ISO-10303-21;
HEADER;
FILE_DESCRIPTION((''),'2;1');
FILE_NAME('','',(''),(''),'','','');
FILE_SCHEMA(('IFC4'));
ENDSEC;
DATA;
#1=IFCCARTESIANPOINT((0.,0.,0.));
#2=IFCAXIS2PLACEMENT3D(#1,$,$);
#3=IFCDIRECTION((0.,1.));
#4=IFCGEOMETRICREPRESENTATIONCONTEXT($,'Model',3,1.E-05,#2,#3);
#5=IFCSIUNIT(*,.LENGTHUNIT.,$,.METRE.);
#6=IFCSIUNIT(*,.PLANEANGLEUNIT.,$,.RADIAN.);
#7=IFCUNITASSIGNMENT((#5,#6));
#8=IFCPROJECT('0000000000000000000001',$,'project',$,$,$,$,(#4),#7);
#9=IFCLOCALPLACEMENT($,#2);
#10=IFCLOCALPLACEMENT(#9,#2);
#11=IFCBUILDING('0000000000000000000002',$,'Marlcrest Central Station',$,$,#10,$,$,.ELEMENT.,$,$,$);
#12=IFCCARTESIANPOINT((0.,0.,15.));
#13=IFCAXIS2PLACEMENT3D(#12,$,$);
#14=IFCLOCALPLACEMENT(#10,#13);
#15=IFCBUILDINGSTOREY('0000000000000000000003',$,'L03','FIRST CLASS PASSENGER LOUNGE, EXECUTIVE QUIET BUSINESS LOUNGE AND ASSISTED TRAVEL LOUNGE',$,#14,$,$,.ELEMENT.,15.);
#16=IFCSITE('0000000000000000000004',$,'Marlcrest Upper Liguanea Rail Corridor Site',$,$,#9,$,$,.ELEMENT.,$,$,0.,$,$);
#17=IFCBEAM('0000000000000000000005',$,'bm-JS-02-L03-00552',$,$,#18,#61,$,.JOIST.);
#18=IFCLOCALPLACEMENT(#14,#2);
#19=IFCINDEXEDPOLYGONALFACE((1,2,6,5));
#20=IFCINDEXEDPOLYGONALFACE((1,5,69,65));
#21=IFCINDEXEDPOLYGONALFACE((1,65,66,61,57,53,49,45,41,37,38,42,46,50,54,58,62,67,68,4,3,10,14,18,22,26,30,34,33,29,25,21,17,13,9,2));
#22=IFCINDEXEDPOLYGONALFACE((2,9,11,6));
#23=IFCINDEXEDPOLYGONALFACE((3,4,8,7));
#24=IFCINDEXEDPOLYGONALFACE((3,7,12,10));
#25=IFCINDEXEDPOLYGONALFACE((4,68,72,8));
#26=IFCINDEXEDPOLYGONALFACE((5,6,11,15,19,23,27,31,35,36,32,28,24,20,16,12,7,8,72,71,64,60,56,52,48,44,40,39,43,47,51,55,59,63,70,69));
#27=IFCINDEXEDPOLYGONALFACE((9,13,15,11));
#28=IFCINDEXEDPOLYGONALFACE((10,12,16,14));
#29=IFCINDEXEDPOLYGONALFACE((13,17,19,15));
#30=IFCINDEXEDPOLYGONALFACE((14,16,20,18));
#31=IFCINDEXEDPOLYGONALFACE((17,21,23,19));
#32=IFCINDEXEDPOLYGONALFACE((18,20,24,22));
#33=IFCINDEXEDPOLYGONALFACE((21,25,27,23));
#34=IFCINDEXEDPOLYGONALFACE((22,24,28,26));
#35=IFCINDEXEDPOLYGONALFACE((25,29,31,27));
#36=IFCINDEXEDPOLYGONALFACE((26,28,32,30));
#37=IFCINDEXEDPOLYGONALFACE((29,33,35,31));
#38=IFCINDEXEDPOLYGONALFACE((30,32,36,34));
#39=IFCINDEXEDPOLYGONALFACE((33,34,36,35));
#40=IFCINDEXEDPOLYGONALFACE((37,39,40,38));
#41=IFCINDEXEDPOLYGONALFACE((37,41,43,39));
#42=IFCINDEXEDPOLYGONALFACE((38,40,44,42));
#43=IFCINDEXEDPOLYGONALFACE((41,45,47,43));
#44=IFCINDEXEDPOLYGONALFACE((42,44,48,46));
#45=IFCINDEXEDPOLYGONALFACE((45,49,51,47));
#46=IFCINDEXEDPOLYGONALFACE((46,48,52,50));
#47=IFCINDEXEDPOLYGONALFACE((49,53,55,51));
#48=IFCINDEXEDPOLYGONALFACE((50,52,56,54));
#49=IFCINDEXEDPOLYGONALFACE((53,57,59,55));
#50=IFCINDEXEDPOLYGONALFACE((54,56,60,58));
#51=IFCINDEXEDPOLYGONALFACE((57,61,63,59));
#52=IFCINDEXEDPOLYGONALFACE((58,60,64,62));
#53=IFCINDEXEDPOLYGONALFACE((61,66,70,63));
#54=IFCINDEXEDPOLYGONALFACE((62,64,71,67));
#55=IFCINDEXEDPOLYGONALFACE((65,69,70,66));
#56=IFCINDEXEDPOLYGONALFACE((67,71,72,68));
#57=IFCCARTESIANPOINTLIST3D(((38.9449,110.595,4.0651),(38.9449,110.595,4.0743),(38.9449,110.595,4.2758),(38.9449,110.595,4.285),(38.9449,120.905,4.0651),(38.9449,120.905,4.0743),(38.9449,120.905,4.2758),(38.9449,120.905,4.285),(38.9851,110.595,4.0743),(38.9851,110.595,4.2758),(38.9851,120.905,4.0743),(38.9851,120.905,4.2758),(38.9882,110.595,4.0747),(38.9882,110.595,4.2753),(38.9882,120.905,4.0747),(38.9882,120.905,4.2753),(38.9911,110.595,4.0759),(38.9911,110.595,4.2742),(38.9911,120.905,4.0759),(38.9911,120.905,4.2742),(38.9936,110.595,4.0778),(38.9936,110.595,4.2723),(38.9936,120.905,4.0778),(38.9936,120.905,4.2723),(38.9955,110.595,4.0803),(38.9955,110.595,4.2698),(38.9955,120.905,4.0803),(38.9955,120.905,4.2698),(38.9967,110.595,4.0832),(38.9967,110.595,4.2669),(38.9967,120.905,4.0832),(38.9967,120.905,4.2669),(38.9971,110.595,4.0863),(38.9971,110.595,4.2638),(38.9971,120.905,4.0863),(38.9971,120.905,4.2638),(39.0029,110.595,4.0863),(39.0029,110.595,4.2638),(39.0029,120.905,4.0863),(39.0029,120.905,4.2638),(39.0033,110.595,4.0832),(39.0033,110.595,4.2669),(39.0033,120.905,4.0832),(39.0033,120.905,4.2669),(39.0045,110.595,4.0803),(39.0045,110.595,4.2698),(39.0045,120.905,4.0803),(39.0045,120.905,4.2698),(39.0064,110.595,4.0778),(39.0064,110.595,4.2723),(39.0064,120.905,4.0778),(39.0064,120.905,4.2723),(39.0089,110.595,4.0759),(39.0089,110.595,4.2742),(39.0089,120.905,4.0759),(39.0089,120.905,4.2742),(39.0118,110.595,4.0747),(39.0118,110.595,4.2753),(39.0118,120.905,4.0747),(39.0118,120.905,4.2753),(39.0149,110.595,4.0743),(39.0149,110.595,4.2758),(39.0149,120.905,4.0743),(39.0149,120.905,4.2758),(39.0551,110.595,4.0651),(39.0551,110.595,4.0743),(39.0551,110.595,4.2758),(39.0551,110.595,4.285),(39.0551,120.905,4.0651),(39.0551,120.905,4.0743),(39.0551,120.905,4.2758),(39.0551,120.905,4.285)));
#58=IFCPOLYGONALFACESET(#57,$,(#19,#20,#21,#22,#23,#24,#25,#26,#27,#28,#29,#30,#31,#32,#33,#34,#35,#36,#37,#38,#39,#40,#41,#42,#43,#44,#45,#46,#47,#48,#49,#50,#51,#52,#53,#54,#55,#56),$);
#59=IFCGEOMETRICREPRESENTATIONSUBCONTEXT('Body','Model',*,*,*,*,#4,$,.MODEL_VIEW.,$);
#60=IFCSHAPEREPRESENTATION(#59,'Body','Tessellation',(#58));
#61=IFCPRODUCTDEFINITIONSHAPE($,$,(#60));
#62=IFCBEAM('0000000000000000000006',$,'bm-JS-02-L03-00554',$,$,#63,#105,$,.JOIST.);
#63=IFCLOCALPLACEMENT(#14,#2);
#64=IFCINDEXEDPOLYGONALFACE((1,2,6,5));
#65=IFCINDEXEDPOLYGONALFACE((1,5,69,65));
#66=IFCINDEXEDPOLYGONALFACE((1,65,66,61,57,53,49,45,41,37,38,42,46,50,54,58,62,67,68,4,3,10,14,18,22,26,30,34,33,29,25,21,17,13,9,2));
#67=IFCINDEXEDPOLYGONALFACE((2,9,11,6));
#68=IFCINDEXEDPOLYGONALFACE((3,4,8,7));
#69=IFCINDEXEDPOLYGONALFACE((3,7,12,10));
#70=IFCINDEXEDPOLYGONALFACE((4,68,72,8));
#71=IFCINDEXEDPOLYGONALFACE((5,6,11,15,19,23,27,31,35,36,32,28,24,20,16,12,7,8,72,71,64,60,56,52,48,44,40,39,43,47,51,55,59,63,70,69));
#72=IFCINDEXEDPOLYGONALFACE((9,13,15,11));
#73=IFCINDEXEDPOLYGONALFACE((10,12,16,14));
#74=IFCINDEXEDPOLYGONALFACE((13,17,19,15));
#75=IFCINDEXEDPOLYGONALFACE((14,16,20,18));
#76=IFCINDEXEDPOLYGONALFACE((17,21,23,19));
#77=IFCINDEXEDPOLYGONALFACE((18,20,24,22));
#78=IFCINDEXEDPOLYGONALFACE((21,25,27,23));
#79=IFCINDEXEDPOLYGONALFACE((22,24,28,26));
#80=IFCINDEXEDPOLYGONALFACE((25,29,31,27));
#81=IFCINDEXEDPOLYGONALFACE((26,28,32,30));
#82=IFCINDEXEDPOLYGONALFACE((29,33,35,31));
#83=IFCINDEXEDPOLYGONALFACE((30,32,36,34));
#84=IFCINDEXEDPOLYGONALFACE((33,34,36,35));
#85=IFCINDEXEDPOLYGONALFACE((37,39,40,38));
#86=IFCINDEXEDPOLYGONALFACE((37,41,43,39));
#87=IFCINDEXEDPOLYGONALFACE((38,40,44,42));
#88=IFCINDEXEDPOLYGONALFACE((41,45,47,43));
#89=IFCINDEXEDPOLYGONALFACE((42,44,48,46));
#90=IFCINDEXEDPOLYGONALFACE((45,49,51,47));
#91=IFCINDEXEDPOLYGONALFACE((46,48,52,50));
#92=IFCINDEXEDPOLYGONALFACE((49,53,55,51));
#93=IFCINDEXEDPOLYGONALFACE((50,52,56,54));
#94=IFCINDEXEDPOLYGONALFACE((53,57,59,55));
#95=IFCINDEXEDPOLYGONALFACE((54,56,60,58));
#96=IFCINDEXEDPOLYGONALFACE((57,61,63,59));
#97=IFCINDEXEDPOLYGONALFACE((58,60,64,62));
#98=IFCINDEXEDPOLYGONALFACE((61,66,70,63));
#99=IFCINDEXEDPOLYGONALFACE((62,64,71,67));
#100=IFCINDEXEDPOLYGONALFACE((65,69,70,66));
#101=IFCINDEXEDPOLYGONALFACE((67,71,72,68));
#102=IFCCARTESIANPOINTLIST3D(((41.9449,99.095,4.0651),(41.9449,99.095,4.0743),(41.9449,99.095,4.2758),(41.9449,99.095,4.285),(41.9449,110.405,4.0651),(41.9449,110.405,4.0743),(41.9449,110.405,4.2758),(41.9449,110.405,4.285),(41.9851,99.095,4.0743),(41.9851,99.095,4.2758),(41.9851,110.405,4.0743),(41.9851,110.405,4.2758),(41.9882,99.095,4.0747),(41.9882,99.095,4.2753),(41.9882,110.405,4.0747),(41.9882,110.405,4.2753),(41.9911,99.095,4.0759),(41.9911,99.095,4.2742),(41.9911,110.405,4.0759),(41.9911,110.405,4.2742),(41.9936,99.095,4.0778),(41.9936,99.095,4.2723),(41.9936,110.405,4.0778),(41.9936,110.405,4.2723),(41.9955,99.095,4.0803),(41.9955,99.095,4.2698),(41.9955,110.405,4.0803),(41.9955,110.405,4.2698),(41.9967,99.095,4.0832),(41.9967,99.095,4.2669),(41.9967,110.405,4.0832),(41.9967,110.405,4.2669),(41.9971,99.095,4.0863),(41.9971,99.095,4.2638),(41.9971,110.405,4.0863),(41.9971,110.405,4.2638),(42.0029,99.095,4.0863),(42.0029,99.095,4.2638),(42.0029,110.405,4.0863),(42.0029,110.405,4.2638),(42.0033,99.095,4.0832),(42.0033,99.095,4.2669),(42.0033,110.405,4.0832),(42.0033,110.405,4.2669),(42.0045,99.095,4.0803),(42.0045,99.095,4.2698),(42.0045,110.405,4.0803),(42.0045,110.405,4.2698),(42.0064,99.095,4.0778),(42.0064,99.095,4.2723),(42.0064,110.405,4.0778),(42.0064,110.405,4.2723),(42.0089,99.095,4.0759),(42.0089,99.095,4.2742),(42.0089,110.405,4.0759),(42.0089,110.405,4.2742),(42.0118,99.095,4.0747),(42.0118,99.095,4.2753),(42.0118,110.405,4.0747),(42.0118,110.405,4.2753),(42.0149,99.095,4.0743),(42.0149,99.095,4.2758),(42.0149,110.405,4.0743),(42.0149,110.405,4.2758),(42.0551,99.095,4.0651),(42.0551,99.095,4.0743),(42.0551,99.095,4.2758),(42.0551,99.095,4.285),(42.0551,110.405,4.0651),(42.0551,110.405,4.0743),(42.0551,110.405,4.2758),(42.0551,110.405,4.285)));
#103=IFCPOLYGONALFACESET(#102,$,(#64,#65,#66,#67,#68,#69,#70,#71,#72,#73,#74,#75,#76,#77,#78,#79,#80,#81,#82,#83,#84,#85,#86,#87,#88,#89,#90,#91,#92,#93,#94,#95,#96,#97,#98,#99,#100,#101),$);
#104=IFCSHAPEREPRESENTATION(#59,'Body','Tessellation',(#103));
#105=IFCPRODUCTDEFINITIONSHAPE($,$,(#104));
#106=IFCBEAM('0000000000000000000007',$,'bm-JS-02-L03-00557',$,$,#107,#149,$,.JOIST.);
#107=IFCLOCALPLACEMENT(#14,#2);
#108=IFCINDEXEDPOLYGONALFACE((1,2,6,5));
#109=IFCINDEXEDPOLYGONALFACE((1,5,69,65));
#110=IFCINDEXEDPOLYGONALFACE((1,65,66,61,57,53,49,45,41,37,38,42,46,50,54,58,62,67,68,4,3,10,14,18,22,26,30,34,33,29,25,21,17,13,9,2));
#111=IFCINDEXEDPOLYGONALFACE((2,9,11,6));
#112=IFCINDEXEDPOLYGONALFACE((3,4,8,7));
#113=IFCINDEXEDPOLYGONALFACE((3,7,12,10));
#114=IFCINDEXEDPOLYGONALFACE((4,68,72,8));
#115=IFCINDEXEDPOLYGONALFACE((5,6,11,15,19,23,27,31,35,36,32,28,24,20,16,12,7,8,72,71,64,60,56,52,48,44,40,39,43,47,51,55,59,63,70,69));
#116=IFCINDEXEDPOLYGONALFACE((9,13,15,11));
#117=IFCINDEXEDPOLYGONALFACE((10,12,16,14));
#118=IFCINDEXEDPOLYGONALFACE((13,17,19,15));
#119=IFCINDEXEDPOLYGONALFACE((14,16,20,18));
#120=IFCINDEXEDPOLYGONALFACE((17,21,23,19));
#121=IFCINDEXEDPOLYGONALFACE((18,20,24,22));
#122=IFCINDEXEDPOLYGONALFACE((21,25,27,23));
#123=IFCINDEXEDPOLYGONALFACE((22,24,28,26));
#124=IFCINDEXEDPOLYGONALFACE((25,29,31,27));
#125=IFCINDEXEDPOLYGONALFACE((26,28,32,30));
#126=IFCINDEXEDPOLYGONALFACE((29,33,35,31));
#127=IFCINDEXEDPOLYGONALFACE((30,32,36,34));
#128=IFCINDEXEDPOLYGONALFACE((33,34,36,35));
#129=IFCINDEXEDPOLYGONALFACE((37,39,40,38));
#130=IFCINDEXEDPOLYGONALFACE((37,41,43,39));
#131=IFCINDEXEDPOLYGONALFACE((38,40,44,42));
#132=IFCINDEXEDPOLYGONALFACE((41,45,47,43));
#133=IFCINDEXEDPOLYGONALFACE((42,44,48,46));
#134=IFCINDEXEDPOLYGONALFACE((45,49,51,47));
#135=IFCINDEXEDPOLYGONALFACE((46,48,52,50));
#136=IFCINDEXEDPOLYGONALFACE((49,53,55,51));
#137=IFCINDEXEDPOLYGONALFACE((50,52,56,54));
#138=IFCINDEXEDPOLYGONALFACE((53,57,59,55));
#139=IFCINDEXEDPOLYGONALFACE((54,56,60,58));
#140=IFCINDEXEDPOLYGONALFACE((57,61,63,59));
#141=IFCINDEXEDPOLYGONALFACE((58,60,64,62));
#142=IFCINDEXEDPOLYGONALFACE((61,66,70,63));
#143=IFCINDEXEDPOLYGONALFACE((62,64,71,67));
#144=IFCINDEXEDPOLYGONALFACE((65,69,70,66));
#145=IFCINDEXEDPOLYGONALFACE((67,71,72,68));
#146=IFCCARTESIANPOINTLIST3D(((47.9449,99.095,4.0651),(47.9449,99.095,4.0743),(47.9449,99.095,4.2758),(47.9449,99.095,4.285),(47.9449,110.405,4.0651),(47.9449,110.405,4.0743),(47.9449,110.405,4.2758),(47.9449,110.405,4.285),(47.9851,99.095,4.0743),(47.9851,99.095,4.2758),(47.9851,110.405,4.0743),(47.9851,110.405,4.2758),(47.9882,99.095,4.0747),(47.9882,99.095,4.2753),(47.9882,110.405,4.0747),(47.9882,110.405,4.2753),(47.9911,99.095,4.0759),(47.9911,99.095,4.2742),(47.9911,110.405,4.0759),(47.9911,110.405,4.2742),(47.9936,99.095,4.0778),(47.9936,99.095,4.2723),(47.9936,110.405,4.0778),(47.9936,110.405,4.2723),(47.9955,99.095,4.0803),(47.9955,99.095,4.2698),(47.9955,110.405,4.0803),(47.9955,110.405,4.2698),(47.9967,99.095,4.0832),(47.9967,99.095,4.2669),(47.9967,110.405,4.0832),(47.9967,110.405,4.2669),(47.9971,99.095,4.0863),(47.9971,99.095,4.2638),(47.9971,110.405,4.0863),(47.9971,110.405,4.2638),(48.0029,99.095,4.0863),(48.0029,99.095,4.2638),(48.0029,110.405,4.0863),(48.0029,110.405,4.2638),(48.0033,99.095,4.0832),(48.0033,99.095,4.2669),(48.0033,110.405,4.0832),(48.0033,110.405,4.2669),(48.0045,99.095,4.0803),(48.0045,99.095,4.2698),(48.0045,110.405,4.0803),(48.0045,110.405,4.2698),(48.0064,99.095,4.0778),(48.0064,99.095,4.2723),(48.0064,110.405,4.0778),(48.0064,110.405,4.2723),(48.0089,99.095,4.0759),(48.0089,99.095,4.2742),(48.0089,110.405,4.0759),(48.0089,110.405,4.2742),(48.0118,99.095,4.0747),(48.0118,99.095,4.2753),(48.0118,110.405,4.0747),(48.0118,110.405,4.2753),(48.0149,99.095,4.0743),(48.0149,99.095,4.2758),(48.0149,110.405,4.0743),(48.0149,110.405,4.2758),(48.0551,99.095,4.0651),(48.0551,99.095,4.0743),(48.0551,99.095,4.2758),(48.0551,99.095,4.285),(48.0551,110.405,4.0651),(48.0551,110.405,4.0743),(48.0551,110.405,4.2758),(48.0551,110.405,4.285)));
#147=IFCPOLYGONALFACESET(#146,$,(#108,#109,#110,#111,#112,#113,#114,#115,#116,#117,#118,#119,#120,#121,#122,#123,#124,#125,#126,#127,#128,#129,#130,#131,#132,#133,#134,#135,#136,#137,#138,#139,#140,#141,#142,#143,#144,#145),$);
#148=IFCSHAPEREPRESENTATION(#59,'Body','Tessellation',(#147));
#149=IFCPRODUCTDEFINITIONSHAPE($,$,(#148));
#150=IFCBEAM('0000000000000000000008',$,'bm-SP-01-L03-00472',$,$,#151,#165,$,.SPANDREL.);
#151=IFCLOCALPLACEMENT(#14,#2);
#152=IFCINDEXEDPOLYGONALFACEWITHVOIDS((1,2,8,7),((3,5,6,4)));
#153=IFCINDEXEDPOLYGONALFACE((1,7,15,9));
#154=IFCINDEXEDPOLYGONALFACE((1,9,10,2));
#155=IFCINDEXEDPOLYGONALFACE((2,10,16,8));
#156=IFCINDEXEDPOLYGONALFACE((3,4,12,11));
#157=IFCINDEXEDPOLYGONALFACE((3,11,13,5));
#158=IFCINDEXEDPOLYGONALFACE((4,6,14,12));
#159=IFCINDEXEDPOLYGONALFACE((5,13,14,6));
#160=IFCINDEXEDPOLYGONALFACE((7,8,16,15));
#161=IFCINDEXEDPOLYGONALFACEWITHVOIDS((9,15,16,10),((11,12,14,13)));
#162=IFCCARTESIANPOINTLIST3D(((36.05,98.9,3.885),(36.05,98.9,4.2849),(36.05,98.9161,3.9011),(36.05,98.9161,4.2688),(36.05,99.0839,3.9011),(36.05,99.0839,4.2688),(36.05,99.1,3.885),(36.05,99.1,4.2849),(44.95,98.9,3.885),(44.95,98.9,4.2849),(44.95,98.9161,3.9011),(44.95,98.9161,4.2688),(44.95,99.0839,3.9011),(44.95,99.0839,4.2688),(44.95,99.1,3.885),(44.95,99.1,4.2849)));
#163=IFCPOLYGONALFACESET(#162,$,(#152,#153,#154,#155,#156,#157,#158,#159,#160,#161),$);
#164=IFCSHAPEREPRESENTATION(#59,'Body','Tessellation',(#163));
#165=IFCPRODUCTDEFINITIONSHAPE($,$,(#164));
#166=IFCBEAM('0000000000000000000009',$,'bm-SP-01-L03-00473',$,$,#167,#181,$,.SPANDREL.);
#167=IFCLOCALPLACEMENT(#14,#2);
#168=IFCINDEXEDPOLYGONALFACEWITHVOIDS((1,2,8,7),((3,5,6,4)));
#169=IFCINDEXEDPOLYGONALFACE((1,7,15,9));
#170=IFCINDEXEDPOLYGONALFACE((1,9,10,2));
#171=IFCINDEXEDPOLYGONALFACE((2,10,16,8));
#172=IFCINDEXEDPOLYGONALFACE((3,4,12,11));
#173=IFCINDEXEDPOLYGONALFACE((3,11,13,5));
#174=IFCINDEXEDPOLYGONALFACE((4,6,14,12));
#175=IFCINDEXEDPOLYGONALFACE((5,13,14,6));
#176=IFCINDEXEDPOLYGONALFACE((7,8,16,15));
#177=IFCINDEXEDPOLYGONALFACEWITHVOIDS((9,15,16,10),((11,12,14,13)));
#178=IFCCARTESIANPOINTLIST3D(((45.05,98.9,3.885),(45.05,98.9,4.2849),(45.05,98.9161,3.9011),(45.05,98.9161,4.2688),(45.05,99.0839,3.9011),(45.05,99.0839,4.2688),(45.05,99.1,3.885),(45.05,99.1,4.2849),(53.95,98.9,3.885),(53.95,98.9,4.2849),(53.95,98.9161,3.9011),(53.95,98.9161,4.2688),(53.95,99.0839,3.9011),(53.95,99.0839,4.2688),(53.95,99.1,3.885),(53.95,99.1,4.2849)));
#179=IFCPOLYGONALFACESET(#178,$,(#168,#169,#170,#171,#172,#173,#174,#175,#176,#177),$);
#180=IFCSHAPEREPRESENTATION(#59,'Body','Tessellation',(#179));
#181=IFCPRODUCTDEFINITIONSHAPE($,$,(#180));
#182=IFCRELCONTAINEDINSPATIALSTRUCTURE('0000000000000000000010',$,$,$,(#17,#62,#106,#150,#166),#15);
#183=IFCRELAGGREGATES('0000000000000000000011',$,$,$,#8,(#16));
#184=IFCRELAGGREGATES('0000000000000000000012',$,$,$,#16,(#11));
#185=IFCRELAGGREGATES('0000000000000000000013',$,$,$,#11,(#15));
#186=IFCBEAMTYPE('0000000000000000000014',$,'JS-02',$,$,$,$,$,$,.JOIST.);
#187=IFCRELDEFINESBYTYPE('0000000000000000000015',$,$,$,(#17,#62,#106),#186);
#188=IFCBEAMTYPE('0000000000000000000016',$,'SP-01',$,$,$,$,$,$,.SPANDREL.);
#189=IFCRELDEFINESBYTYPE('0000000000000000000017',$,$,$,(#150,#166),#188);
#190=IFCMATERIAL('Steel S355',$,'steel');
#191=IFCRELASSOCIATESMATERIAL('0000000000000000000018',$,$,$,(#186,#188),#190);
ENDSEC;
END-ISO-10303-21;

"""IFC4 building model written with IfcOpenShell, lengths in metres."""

from ifc_helpers import new_model, si_unit, direction, frame, origin, origin_2d, place, context, subcontext, project, spatial, hollow_rectangle, i_section, extrude, material, material_profile, profile_set, type_object, element, save


model = new_model("IFC4")

# Units and contexts
model_context = context("Model", 3, precision=1e-05, world=origin(), true_north=direction((0.0, 1.0)))
body_context = subcontext(model_context, "Body", "Model", "MODEL_VIEW")
ifc_project = project(units=[si_unit("LENGTHUNIT", "METRE"), si_unit("PLANEANGLEUNIT", "RADIAN")], contexts=[model_context])

# Site, building, storey
site_placement = place(None, origin())
site = spatial("IfcSite", under=ifc_project, at=site_placement, Name="Marlcrest Upper Liguanea Rail Corridor Site", CompositionType="ELEMENT", RefElevation=0.0)
building_placement = place(site_placement, origin())
building = spatial("IfcBuilding", under=site, at=building_placement, Name="Marlcrest Central Station", CompositionType="ELEMENT")
storey_placement = place(building_placement, frame((0.0, 0.0, 15.0)))
storey = spatial("IfcBuildingStorey", under=building, at=storey_placement, Name="L03", Description="FIRST CLASS PASSENGER LOUNGE, EXECUTIVE QUIET BUSINESS LOUNGE AND ASSISTED TRAVEL LOUNGE", CompositionType="ELEMENT", Elevation=15.0)

# Shared definitions
ifc_material_1 = material(Name="Steel S355", Category="steel")

# Beams
ifc_material_profile_1 = material_profile(ifc_material_1, i_section(OverallWidth=0.1101, OverallDepth=0.22, WebThickness=0.0059, FlangeThickness=0.0093, FilletRadius=0.012, at=origin_2d()), Name="IPE 220")
ifc_profile_set_1 = profile_set([ifc_material_profile_1], Name="Steel S355")
beam_type_1 = type_object("IfcBeamType", Name="JS-02", PredefinedType="JOIST", material=ifc_profile_set_1)
beam_1_placement = place(storey_placement, frame((39.0, 110.595, 4.175), z_axis=(0.0, 1.0, 0.0), x_axis=(-1.0, 0.0, 0.0)))
element("IfcBeam", 1, at=beam_1_placement, inside=storey, type_object=beam_type_1, Name="bm-JS-02-L03-00552", PredefinedType="JOIST", context=body_context, shape_type="SweptSolid", body=[
    extrude(i_section(OverallWidth=0.1101, OverallDepth=0.22, WebThickness=0.0059, FlangeThickness=0.0093, FilletRadius=0.012, at=origin_2d()), origin(), (0.0, 0.0, 1.0), 10.3101),
])
for number, where, z_axis, x_axis, name in (
    (2, (42.0, 99.095, 4.175), (0.0, 1.0, 0.0), (-1.0, 0.0, 0.0), "bm-JS-02-L03-00554"),
    (3, (48.0, 99.095, 4.175), (0.0, 1.0, 0.0), (-1.0, 0.0, 0.0), "bm-JS-02-L03-00557"),
):
    element("IfcBeam", number, at=place(storey_placement, frame(where, z_axis=z_axis, x_axis=x_axis)), inside=storey, type_object=beam_type_1, Name=name, PredefinedType="JOIST", context=body_context, shape_type="SweptSolid", body=[
        extrude(i_section(OverallWidth=0.1101, OverallDepth=0.22, WebThickness=0.0059, FlangeThickness=0.0093, FilletRadius=0.012, at=origin_2d()), origin(), (0.0, 0.0, 1.0), 11.3101),
    ])
ifc_material_profile_2 = material_profile(ifc_material_1, hollow_rectangle(XDim=0.2, YDim=0.3999, WallThickness=0.0161, at=origin_2d()), Name="RHS 400x200x16")
ifc_profile_set_2 = profile_set([ifc_material_profile_2], Name="Steel S355")
beam_type_2 = type_object("IfcBeamType", Name="SP-01", PredefinedType="SPANDREL", material=ifc_profile_set_2)
for number, where, z_axis, x_axis, name in (
    (4, (36.05, 99.0, 4.085), (1.0, 0.0, 0.0), (0.0, 1.0, 0.0), "bm-SP-01-L03-00472"),
    (5, (45.05, 99.0, 4.085), (1.0, 0.0, 0.0), (0.0, 1.0, 0.0), "bm-SP-01-L03-00473"),
):
    element("IfcBeam", number, at=place(storey_placement, frame(where, z_axis=z_axis, x_axis=x_axis)), inside=storey, type_object=beam_type_2, Name=name, PredefinedType="SPANDREL", context=body_context, shape_type="SweptSolid", body=[
        extrude(hollow_rectangle(XDim=0.2, YDim=0.3999, WallThickness=0.0161, at=origin_2d()), origin(), (0.0, 0.0, 1.0), 8.8999),
    ])

save(model, "model.ifc")
